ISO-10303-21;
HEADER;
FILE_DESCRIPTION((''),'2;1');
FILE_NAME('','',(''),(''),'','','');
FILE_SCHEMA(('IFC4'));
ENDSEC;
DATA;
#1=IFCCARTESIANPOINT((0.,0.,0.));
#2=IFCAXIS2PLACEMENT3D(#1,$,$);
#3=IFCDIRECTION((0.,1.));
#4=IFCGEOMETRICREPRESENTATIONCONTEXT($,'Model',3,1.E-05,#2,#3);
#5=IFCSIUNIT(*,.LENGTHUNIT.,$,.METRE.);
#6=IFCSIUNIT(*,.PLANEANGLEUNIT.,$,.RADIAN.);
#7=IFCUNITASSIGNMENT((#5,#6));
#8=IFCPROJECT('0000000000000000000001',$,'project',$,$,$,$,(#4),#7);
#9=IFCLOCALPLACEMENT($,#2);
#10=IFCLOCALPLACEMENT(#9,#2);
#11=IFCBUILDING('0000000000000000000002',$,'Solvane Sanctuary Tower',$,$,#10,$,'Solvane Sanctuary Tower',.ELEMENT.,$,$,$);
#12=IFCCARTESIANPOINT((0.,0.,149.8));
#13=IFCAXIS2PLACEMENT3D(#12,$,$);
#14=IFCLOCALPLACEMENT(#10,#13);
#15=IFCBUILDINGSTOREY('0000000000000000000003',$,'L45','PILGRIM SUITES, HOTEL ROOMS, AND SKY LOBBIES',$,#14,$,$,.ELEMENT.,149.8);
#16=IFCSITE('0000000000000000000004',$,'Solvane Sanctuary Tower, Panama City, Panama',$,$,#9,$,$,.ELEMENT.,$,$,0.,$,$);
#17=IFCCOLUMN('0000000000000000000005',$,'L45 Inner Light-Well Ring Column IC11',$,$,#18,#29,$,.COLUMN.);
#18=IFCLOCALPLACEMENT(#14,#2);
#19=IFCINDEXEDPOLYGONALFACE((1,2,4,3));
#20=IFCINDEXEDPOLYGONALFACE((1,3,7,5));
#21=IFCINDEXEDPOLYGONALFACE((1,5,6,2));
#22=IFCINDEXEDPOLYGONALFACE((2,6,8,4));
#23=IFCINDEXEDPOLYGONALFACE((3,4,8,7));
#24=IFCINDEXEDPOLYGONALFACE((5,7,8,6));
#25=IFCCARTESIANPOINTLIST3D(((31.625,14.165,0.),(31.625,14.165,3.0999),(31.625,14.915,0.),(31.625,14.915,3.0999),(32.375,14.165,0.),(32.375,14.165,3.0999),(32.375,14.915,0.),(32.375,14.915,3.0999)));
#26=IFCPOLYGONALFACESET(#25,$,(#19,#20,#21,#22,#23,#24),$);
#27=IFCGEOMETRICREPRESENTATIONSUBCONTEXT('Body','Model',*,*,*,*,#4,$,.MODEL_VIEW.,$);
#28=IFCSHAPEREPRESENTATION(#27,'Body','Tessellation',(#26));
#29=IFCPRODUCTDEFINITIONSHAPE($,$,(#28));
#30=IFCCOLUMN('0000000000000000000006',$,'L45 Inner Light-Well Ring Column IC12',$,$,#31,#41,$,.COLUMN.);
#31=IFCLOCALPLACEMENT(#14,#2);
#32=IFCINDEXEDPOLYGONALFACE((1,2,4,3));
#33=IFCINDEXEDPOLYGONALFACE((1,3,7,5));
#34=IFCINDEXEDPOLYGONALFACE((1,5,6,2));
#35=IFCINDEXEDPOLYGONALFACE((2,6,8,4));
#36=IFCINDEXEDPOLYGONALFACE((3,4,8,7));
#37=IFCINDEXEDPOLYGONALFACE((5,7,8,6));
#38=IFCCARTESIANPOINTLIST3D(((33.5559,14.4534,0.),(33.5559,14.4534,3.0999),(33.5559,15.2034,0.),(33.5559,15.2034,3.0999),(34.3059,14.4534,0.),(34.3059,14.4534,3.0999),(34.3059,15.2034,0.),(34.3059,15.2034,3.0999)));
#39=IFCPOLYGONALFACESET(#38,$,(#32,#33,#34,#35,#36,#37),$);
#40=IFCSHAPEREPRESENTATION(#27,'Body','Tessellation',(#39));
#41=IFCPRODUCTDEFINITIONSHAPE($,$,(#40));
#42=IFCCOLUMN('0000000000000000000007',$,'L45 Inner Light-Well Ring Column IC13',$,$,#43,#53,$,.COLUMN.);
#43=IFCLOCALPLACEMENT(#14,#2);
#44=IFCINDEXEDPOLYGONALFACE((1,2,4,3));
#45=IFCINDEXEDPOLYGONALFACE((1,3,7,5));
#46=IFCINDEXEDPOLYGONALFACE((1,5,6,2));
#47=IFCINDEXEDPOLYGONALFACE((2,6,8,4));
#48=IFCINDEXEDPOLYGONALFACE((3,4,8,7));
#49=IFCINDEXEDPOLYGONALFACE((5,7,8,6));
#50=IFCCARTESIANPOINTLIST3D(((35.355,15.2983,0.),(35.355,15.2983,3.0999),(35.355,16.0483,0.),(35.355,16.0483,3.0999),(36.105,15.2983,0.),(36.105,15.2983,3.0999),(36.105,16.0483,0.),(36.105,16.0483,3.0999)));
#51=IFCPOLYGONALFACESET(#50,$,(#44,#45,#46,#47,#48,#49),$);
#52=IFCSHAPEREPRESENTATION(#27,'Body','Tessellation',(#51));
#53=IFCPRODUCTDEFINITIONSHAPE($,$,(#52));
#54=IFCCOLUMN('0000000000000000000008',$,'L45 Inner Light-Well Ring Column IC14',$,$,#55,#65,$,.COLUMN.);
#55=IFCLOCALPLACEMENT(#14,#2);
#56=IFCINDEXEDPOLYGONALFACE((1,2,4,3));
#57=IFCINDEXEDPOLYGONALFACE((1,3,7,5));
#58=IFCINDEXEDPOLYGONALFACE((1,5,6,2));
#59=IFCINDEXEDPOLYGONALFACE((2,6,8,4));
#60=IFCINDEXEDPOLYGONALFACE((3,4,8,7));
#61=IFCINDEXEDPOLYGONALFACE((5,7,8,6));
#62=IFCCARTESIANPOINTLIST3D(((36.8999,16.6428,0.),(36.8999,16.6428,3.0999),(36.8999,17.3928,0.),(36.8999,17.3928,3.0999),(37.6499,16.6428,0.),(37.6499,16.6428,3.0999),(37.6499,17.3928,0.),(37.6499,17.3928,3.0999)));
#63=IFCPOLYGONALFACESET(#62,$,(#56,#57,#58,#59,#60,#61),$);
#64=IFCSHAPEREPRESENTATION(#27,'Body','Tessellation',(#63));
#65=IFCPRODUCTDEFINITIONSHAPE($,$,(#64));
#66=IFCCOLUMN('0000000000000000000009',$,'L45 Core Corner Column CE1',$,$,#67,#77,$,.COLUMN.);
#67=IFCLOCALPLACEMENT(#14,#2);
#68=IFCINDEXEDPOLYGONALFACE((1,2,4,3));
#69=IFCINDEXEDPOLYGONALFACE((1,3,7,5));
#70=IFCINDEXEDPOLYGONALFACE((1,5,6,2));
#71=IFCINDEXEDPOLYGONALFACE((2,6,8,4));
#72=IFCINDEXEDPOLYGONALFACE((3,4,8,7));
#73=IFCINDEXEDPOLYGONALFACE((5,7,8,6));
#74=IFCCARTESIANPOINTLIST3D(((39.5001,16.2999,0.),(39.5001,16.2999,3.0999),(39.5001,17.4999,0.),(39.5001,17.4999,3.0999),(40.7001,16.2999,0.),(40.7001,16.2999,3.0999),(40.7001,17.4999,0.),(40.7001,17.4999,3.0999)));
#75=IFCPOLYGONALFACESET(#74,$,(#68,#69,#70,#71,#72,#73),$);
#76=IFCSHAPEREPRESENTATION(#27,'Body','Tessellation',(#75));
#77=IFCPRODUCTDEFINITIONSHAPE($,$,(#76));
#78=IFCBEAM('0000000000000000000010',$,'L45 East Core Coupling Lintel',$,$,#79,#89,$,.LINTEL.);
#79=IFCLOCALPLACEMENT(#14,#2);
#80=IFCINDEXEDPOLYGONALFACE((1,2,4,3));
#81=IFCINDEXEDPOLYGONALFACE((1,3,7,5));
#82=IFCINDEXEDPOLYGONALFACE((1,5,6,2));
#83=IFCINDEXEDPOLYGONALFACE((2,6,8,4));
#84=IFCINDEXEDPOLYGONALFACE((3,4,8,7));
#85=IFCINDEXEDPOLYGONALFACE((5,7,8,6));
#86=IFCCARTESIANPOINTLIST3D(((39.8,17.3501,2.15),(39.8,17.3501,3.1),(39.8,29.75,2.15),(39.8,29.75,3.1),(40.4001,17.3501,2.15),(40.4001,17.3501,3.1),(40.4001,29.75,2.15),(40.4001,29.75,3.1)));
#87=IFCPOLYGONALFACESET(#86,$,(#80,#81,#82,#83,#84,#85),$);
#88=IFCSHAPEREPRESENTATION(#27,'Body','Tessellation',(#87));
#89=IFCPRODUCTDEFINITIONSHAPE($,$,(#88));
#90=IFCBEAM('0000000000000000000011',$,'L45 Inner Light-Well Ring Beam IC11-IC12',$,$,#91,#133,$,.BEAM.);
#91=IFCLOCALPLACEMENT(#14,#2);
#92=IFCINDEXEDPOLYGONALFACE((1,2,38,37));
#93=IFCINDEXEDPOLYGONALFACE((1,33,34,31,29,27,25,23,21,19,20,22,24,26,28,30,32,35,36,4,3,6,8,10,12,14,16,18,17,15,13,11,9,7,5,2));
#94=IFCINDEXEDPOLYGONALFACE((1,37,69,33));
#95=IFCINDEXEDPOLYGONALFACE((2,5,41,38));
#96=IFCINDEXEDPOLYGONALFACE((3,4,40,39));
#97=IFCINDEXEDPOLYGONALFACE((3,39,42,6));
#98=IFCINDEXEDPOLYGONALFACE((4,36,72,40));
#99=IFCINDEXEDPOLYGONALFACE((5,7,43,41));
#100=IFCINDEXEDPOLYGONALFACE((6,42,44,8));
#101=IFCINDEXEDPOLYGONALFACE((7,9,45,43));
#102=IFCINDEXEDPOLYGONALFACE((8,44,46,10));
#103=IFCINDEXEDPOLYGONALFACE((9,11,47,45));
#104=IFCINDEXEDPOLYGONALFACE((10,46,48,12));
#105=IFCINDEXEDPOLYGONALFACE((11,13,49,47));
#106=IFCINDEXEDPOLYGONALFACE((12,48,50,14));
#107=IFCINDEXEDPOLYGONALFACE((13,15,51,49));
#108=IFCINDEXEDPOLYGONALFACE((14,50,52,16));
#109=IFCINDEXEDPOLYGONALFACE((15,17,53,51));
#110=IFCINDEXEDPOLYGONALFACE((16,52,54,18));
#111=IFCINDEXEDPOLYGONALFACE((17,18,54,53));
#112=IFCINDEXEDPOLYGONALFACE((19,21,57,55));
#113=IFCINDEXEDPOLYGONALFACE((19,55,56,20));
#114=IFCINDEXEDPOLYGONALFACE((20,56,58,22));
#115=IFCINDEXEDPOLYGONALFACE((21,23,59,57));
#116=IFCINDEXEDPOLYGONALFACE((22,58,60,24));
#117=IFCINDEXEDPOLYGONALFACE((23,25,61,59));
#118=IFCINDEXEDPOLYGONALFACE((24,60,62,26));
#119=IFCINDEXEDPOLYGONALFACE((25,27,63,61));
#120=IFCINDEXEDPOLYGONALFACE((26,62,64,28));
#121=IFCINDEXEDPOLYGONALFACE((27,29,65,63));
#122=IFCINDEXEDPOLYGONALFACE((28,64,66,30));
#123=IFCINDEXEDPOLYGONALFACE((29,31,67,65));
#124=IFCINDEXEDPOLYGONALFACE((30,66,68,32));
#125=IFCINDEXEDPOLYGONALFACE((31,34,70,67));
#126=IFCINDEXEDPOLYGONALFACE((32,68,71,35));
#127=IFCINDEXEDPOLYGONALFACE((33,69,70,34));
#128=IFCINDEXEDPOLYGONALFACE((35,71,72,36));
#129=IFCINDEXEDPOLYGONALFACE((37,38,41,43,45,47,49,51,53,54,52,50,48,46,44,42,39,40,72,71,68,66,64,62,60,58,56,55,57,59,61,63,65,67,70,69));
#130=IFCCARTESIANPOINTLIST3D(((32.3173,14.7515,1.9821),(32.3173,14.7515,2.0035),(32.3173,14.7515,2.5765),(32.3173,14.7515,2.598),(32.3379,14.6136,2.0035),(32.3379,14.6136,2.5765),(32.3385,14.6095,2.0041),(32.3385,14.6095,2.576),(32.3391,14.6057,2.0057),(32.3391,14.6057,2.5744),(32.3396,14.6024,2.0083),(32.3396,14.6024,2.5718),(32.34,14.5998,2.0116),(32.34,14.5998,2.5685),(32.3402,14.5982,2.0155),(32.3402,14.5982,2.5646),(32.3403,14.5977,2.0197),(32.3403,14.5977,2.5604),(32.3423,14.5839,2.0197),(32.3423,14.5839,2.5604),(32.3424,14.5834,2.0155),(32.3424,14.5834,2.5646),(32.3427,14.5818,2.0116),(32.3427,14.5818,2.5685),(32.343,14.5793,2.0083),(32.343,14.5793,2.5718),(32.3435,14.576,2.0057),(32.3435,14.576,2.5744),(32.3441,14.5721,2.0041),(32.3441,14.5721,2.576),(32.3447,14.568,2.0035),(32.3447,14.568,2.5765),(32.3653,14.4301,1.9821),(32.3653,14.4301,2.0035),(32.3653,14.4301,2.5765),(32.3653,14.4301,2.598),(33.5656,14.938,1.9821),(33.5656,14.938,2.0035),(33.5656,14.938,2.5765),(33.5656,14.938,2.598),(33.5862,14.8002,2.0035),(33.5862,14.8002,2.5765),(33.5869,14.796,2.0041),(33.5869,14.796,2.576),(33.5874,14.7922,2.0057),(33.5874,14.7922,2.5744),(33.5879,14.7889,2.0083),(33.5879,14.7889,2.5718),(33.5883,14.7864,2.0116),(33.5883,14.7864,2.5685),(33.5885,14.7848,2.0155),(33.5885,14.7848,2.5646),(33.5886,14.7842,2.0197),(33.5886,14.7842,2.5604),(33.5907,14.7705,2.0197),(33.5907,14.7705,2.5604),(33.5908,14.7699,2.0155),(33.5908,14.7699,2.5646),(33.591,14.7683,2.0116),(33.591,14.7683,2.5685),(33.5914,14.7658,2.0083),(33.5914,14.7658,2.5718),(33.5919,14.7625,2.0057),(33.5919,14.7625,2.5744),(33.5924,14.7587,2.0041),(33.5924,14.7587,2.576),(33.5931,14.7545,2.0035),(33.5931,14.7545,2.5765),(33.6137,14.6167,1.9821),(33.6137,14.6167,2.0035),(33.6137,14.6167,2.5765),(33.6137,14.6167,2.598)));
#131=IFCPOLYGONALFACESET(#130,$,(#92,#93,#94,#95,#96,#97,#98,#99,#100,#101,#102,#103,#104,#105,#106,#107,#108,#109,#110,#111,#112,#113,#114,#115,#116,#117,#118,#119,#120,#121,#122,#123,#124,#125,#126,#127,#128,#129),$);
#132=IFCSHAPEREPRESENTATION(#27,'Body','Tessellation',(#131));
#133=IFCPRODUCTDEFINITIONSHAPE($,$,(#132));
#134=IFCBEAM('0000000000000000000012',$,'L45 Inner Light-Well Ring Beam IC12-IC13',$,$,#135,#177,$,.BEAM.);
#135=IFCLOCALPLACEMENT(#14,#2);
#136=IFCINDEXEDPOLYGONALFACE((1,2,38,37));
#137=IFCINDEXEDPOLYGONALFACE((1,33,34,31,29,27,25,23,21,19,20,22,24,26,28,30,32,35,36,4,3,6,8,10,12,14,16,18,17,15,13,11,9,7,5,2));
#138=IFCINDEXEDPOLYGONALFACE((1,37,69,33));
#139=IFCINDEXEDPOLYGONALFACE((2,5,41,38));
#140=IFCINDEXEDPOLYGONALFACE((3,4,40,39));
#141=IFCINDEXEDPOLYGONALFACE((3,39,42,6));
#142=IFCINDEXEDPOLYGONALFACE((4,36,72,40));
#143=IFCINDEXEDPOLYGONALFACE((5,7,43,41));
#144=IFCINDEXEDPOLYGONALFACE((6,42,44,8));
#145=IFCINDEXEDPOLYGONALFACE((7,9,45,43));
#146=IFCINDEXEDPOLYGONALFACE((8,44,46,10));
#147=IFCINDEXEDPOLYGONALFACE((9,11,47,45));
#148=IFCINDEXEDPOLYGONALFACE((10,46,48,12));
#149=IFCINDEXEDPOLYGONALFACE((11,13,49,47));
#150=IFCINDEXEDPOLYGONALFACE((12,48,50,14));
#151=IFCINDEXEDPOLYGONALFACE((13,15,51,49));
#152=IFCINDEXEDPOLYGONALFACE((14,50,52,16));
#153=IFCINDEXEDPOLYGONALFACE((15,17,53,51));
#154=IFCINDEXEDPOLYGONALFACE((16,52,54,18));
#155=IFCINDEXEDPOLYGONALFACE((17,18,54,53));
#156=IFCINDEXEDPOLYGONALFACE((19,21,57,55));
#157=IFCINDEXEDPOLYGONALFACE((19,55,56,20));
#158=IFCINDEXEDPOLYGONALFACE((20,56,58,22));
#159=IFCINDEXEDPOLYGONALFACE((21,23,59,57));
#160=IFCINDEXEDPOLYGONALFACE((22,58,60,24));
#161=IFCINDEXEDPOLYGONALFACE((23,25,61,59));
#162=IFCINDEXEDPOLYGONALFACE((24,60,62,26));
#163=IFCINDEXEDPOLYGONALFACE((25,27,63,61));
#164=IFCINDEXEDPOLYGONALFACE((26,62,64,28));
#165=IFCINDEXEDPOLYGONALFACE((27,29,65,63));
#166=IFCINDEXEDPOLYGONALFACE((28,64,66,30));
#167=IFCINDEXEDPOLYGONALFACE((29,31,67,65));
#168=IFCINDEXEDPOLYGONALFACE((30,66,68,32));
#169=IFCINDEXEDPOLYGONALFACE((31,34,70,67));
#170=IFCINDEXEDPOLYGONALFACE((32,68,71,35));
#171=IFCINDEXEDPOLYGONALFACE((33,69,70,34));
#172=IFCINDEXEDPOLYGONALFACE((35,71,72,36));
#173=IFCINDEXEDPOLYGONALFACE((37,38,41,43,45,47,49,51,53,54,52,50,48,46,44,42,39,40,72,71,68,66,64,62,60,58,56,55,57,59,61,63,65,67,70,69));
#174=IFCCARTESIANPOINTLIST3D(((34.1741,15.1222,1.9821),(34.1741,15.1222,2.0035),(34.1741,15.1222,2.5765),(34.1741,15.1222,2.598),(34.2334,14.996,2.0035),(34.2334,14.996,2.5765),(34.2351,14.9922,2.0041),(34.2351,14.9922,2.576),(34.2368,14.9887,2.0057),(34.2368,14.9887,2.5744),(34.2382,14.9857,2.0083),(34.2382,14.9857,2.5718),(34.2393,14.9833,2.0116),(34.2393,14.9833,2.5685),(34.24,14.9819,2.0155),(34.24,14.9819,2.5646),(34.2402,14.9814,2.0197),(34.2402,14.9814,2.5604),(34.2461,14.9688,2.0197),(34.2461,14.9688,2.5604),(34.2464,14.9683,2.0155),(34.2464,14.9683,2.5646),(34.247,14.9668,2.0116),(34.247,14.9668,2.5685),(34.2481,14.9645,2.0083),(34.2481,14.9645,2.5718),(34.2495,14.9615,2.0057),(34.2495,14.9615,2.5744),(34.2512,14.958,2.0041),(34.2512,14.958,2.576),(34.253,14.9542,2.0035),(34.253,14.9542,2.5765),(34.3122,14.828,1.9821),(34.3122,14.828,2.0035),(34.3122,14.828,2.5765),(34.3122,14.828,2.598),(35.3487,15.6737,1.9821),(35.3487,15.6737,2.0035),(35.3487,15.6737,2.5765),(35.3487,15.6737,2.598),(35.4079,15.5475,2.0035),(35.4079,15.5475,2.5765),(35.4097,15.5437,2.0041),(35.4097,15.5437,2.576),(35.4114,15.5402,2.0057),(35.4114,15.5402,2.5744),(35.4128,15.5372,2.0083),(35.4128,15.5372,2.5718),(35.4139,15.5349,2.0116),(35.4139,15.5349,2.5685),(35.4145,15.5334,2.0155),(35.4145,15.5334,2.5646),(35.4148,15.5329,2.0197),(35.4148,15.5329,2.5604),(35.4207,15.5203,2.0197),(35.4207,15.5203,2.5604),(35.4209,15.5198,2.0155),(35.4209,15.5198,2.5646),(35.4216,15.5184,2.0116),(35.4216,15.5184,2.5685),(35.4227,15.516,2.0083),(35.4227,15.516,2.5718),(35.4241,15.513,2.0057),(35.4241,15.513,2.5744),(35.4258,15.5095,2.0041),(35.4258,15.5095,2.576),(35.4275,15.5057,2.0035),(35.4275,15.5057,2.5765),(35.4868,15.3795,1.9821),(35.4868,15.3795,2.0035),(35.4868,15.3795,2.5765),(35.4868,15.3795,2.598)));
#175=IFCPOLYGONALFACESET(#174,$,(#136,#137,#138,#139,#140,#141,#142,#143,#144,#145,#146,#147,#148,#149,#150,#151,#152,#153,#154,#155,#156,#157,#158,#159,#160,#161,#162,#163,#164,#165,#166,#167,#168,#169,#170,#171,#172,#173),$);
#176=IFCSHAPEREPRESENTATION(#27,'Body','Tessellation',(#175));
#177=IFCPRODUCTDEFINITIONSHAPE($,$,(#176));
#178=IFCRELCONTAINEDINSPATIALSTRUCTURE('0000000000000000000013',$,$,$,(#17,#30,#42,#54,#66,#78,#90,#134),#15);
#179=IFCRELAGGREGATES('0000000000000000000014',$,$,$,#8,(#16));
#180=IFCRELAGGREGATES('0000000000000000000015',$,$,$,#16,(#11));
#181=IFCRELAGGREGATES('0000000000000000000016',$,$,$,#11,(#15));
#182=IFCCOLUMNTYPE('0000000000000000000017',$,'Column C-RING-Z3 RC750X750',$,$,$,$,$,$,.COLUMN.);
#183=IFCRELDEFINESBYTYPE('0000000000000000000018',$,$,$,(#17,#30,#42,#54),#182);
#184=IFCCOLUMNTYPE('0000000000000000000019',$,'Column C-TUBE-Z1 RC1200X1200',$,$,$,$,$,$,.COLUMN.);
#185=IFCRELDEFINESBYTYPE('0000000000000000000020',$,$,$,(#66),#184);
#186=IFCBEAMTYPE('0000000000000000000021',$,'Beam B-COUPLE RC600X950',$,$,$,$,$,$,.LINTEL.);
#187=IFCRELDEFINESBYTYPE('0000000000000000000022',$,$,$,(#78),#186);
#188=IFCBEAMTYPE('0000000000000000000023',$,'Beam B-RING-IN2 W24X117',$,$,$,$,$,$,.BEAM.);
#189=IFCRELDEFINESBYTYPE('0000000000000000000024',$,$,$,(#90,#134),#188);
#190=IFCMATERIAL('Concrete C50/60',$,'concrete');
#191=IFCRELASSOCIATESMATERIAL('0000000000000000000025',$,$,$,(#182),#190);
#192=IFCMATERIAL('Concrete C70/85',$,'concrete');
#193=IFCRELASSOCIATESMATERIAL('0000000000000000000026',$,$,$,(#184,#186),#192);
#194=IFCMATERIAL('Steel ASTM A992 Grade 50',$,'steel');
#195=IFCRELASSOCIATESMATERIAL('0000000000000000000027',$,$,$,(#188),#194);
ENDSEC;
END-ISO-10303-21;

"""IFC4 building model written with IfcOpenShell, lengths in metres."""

from ifc_helpers import new_model, si_unit, direction, frame, origin, origin_2d, place, context, subcontext, project, spatial, rectangle, i_section, extrude, material, material_profile, profile_set, type_object, element, save


model = new_model("IFC4")

# Units and contexts
model_context = context("Model", 3, precision=1e-05, world=origin(), true_north=direction((0.0, 1.0)))
body_context = subcontext(model_context, "Body", "Model", "MODEL_VIEW")
ifc_project = project(units=[si_unit("LENGTHUNIT", "METRE"), si_unit("PLANEANGLEUNIT", "RADIAN")], contexts=[model_context])

# Site, building, storey
site_placement = place(None, origin())
site = spatial("IfcSite", under=ifc_project, at=site_placement, Name="Solvane Sanctuary Tower, Panama City, Panama", CompositionType="ELEMENT", RefElevation=0.0)
building_placement = place(site_placement, origin())
building = spatial("IfcBuilding", under=site, at=building_placement, Name="Solvane Sanctuary Tower", LongName="Solvane Sanctuary Tower", CompositionType="ELEMENT")
storey_placement = place(building_placement, frame((0.0, 0.0, 149.8)))
storey = spatial("IfcBuildingStorey", under=building, at=storey_placement, Name="L45", Description="PILGRIM SUITES, HOTEL ROOMS, AND SKY LOBBIES", CompositionType="ELEMENT", Elevation=149.8)

# Columns
ifc_material_1 = material(Name="Concrete C50/60", Category="concrete")
ifc_material_profile_1 = material_profile(ifc_material_1, rectangle(XDim=0.75, YDim=0.75, at=origin_2d()), Name="RC750X750")
ifc_profile_set_1 = profile_set([ifc_material_profile_1], Name="Concrete C50/60")
column_type_1 = type_object("IfcColumnType", Name="Column C-RING-Z3 RC750X750", PredefinedType="COLUMN", material=ifc_profile_set_1)
for number, where, z_axis, x_axis, name in (
    (1, (32.0, 14.54, 0.0), (0.0, 0.0, 1.0), (1.0, 0.0, 0.0), "L45 Inner Light-Well Ring Column IC11"),
    (2, (33.9309, 14.8284, 0.0), (0.0, 0.0, 1.0), (1.0, 0.0, 0.0), "L45 Inner Light-Well Ring Column IC12"),
    (3, (35.73, 15.6733, 0.0), (0.0, 0.0, 1.0), (1.0, 0.0, 0.0), "L45 Inner Light-Well Ring Column IC13"),
    (4, (37.2749, 17.0178, 0.0), (0.0, 0.0, 1.0), (1.0, 0.0, 0.0), "L45 Inner Light-Well Ring Column IC14"),
):
    element("IfcColumn", number, at=place(storey_placement, frame(where, z_axis=z_axis, x_axis=x_axis)), inside=storey, type_object=column_type_1, Name=name, PredefinedType="COLUMN", context=body_context, shape_type="SweptSolid", body=[
        extrude(rectangle(XDim=0.75, YDim=0.75, at=origin_2d()), origin(), (0.0, 0.0, 1.0), 3.0999),
    ])
ifc_material_2 = material(Name="Concrete C70/85", Category="concrete")
ifc_material_profile_2 = material_profile(ifc_material_2, rectangle(XDim=1.2, YDim=1.2, at=origin_2d()), Name="RC1200X1200")
ifc_profile_set_2 = profile_set([ifc_material_profile_2], Name="Concrete C70/85")
column_type_2 = type_object("IfcColumnType", Name="Column C-TUBE-Z1 RC1200X1200", PredefinedType="COLUMN", material=ifc_profile_set_2)
column_placement = place(storey_placement, frame((40.1001, 16.8999, 0.0), z_axis=(0.0, 0.0, 1.0), x_axis=(1.0, 0.0, 0.0)))
element("IfcColumn", 5, at=column_placement, inside=storey, type_object=column_type_2, Name="L45 Core Corner Column CE1", PredefinedType="COLUMN", context=body_context, shape_type="SweptSolid", body=[
    extrude(rectangle(XDim=1.2, YDim=1.2, at=origin_2d()), origin(), (0.0, 0.0, 1.0), 3.0999),
])

# Beams
ifc_material_profile_3 = material_profile(ifc_material_2, rectangle(XDim=0.6001, YDim=0.95, at=origin_2d()), Name="RC600X950")
ifc_profile_set_3 = profile_set([ifc_material_profile_3], Name="Concrete C70/85")
beam_type_1 = type_object("IfcBeamType", Name="Beam B-COUPLE RC600X950", PredefinedType="LINTEL", material=ifc_profile_set_3)
beam_1_placement = place(storey_placement, frame((40.1001, 17.3501, 2.625), z_axis=(0.0, 1.0, 0.0), x_axis=(-1.0, 0.0, 0.0)))
element("IfcBeam", 6, at=beam_1_placement, inside=storey, type_object=beam_type_1, Name="L45 East Core Coupling Lintel", PredefinedType="LINTEL", context=body_context, shape_type="SweptSolid", body=[
    extrude(rectangle(XDim=0.6001, YDim=0.95, at=origin_2d()), origin(), (0.0, 0.0, 1.0), 12.3999),
])
ifc_material_3 = material(Name="Steel ASTM A992 Grade 50", Category="steel")
ifc_material_profile_4 = material_profile(ifc_material_3, i_section(OverallWidth=0.325, OverallDepth=0.616, WebThickness=0.0139, FlangeThickness=0.0215, FilletRadius=0.0161, at=origin_2d()), Name="W24X117")
ifc_profile_set_4 = profile_set([ifc_material_profile_4], Name="Steel ASTM A992 Grade 50")
beam_type_2 = type_object("IfcBeamType", Name="Beam B-RING-IN2 W24X117", PredefinedType="BEAM", material=ifc_profile_set_4)
beam_2_placement = place(storey_placement, frame((32.3413, 14.5908, 2.29), z_axis=(0.98902, 0.147782, 0.0), x_axis=(-0.147782, 0.98902, 0.0)))
element("IfcBeam", 7, at=beam_2_placement, inside=storey, type_object=beam_type_2, Name="L45 Inner Light-Well Ring Beam IC11-IC12", PredefinedType="BEAM", context=body_context, shape_type="SweptSolid", body=[
    extrude(i_section(OverallWidth=0.325, OverallDepth=0.616, WebThickness=0.0139, FlangeThickness=0.0215, FilletRadius=0.0161, at=origin_2d()), origin(), (0.0, 0.0, 1.0), 1.2622),
])
beam_3_placement = place(storey_placement, frame((34.2432, 14.9751, 2.29), z_axis=(0.905181, 0.425027, 0.0), x_axis=(-0.425027, 0.905181, 0.0)))
element("IfcBeam", 8, at=beam_3_placement, inside=storey, type_object=beam_type_2, Name="L45 Inner Light-Well Ring Beam IC12-IC13", PredefinedType="BEAM", context=body_context, shape_type="SweptSolid", body=[
    extrude(i_section(OverallWidth=0.325, OverallDepth=0.616, WebThickness=0.0139, FlangeThickness=0.0215, FilletRadius=0.0161, at=origin_2d()), origin(), (0.0, 0.0, 1.0), 1.2976),
])

save(model, "model.ifc")
